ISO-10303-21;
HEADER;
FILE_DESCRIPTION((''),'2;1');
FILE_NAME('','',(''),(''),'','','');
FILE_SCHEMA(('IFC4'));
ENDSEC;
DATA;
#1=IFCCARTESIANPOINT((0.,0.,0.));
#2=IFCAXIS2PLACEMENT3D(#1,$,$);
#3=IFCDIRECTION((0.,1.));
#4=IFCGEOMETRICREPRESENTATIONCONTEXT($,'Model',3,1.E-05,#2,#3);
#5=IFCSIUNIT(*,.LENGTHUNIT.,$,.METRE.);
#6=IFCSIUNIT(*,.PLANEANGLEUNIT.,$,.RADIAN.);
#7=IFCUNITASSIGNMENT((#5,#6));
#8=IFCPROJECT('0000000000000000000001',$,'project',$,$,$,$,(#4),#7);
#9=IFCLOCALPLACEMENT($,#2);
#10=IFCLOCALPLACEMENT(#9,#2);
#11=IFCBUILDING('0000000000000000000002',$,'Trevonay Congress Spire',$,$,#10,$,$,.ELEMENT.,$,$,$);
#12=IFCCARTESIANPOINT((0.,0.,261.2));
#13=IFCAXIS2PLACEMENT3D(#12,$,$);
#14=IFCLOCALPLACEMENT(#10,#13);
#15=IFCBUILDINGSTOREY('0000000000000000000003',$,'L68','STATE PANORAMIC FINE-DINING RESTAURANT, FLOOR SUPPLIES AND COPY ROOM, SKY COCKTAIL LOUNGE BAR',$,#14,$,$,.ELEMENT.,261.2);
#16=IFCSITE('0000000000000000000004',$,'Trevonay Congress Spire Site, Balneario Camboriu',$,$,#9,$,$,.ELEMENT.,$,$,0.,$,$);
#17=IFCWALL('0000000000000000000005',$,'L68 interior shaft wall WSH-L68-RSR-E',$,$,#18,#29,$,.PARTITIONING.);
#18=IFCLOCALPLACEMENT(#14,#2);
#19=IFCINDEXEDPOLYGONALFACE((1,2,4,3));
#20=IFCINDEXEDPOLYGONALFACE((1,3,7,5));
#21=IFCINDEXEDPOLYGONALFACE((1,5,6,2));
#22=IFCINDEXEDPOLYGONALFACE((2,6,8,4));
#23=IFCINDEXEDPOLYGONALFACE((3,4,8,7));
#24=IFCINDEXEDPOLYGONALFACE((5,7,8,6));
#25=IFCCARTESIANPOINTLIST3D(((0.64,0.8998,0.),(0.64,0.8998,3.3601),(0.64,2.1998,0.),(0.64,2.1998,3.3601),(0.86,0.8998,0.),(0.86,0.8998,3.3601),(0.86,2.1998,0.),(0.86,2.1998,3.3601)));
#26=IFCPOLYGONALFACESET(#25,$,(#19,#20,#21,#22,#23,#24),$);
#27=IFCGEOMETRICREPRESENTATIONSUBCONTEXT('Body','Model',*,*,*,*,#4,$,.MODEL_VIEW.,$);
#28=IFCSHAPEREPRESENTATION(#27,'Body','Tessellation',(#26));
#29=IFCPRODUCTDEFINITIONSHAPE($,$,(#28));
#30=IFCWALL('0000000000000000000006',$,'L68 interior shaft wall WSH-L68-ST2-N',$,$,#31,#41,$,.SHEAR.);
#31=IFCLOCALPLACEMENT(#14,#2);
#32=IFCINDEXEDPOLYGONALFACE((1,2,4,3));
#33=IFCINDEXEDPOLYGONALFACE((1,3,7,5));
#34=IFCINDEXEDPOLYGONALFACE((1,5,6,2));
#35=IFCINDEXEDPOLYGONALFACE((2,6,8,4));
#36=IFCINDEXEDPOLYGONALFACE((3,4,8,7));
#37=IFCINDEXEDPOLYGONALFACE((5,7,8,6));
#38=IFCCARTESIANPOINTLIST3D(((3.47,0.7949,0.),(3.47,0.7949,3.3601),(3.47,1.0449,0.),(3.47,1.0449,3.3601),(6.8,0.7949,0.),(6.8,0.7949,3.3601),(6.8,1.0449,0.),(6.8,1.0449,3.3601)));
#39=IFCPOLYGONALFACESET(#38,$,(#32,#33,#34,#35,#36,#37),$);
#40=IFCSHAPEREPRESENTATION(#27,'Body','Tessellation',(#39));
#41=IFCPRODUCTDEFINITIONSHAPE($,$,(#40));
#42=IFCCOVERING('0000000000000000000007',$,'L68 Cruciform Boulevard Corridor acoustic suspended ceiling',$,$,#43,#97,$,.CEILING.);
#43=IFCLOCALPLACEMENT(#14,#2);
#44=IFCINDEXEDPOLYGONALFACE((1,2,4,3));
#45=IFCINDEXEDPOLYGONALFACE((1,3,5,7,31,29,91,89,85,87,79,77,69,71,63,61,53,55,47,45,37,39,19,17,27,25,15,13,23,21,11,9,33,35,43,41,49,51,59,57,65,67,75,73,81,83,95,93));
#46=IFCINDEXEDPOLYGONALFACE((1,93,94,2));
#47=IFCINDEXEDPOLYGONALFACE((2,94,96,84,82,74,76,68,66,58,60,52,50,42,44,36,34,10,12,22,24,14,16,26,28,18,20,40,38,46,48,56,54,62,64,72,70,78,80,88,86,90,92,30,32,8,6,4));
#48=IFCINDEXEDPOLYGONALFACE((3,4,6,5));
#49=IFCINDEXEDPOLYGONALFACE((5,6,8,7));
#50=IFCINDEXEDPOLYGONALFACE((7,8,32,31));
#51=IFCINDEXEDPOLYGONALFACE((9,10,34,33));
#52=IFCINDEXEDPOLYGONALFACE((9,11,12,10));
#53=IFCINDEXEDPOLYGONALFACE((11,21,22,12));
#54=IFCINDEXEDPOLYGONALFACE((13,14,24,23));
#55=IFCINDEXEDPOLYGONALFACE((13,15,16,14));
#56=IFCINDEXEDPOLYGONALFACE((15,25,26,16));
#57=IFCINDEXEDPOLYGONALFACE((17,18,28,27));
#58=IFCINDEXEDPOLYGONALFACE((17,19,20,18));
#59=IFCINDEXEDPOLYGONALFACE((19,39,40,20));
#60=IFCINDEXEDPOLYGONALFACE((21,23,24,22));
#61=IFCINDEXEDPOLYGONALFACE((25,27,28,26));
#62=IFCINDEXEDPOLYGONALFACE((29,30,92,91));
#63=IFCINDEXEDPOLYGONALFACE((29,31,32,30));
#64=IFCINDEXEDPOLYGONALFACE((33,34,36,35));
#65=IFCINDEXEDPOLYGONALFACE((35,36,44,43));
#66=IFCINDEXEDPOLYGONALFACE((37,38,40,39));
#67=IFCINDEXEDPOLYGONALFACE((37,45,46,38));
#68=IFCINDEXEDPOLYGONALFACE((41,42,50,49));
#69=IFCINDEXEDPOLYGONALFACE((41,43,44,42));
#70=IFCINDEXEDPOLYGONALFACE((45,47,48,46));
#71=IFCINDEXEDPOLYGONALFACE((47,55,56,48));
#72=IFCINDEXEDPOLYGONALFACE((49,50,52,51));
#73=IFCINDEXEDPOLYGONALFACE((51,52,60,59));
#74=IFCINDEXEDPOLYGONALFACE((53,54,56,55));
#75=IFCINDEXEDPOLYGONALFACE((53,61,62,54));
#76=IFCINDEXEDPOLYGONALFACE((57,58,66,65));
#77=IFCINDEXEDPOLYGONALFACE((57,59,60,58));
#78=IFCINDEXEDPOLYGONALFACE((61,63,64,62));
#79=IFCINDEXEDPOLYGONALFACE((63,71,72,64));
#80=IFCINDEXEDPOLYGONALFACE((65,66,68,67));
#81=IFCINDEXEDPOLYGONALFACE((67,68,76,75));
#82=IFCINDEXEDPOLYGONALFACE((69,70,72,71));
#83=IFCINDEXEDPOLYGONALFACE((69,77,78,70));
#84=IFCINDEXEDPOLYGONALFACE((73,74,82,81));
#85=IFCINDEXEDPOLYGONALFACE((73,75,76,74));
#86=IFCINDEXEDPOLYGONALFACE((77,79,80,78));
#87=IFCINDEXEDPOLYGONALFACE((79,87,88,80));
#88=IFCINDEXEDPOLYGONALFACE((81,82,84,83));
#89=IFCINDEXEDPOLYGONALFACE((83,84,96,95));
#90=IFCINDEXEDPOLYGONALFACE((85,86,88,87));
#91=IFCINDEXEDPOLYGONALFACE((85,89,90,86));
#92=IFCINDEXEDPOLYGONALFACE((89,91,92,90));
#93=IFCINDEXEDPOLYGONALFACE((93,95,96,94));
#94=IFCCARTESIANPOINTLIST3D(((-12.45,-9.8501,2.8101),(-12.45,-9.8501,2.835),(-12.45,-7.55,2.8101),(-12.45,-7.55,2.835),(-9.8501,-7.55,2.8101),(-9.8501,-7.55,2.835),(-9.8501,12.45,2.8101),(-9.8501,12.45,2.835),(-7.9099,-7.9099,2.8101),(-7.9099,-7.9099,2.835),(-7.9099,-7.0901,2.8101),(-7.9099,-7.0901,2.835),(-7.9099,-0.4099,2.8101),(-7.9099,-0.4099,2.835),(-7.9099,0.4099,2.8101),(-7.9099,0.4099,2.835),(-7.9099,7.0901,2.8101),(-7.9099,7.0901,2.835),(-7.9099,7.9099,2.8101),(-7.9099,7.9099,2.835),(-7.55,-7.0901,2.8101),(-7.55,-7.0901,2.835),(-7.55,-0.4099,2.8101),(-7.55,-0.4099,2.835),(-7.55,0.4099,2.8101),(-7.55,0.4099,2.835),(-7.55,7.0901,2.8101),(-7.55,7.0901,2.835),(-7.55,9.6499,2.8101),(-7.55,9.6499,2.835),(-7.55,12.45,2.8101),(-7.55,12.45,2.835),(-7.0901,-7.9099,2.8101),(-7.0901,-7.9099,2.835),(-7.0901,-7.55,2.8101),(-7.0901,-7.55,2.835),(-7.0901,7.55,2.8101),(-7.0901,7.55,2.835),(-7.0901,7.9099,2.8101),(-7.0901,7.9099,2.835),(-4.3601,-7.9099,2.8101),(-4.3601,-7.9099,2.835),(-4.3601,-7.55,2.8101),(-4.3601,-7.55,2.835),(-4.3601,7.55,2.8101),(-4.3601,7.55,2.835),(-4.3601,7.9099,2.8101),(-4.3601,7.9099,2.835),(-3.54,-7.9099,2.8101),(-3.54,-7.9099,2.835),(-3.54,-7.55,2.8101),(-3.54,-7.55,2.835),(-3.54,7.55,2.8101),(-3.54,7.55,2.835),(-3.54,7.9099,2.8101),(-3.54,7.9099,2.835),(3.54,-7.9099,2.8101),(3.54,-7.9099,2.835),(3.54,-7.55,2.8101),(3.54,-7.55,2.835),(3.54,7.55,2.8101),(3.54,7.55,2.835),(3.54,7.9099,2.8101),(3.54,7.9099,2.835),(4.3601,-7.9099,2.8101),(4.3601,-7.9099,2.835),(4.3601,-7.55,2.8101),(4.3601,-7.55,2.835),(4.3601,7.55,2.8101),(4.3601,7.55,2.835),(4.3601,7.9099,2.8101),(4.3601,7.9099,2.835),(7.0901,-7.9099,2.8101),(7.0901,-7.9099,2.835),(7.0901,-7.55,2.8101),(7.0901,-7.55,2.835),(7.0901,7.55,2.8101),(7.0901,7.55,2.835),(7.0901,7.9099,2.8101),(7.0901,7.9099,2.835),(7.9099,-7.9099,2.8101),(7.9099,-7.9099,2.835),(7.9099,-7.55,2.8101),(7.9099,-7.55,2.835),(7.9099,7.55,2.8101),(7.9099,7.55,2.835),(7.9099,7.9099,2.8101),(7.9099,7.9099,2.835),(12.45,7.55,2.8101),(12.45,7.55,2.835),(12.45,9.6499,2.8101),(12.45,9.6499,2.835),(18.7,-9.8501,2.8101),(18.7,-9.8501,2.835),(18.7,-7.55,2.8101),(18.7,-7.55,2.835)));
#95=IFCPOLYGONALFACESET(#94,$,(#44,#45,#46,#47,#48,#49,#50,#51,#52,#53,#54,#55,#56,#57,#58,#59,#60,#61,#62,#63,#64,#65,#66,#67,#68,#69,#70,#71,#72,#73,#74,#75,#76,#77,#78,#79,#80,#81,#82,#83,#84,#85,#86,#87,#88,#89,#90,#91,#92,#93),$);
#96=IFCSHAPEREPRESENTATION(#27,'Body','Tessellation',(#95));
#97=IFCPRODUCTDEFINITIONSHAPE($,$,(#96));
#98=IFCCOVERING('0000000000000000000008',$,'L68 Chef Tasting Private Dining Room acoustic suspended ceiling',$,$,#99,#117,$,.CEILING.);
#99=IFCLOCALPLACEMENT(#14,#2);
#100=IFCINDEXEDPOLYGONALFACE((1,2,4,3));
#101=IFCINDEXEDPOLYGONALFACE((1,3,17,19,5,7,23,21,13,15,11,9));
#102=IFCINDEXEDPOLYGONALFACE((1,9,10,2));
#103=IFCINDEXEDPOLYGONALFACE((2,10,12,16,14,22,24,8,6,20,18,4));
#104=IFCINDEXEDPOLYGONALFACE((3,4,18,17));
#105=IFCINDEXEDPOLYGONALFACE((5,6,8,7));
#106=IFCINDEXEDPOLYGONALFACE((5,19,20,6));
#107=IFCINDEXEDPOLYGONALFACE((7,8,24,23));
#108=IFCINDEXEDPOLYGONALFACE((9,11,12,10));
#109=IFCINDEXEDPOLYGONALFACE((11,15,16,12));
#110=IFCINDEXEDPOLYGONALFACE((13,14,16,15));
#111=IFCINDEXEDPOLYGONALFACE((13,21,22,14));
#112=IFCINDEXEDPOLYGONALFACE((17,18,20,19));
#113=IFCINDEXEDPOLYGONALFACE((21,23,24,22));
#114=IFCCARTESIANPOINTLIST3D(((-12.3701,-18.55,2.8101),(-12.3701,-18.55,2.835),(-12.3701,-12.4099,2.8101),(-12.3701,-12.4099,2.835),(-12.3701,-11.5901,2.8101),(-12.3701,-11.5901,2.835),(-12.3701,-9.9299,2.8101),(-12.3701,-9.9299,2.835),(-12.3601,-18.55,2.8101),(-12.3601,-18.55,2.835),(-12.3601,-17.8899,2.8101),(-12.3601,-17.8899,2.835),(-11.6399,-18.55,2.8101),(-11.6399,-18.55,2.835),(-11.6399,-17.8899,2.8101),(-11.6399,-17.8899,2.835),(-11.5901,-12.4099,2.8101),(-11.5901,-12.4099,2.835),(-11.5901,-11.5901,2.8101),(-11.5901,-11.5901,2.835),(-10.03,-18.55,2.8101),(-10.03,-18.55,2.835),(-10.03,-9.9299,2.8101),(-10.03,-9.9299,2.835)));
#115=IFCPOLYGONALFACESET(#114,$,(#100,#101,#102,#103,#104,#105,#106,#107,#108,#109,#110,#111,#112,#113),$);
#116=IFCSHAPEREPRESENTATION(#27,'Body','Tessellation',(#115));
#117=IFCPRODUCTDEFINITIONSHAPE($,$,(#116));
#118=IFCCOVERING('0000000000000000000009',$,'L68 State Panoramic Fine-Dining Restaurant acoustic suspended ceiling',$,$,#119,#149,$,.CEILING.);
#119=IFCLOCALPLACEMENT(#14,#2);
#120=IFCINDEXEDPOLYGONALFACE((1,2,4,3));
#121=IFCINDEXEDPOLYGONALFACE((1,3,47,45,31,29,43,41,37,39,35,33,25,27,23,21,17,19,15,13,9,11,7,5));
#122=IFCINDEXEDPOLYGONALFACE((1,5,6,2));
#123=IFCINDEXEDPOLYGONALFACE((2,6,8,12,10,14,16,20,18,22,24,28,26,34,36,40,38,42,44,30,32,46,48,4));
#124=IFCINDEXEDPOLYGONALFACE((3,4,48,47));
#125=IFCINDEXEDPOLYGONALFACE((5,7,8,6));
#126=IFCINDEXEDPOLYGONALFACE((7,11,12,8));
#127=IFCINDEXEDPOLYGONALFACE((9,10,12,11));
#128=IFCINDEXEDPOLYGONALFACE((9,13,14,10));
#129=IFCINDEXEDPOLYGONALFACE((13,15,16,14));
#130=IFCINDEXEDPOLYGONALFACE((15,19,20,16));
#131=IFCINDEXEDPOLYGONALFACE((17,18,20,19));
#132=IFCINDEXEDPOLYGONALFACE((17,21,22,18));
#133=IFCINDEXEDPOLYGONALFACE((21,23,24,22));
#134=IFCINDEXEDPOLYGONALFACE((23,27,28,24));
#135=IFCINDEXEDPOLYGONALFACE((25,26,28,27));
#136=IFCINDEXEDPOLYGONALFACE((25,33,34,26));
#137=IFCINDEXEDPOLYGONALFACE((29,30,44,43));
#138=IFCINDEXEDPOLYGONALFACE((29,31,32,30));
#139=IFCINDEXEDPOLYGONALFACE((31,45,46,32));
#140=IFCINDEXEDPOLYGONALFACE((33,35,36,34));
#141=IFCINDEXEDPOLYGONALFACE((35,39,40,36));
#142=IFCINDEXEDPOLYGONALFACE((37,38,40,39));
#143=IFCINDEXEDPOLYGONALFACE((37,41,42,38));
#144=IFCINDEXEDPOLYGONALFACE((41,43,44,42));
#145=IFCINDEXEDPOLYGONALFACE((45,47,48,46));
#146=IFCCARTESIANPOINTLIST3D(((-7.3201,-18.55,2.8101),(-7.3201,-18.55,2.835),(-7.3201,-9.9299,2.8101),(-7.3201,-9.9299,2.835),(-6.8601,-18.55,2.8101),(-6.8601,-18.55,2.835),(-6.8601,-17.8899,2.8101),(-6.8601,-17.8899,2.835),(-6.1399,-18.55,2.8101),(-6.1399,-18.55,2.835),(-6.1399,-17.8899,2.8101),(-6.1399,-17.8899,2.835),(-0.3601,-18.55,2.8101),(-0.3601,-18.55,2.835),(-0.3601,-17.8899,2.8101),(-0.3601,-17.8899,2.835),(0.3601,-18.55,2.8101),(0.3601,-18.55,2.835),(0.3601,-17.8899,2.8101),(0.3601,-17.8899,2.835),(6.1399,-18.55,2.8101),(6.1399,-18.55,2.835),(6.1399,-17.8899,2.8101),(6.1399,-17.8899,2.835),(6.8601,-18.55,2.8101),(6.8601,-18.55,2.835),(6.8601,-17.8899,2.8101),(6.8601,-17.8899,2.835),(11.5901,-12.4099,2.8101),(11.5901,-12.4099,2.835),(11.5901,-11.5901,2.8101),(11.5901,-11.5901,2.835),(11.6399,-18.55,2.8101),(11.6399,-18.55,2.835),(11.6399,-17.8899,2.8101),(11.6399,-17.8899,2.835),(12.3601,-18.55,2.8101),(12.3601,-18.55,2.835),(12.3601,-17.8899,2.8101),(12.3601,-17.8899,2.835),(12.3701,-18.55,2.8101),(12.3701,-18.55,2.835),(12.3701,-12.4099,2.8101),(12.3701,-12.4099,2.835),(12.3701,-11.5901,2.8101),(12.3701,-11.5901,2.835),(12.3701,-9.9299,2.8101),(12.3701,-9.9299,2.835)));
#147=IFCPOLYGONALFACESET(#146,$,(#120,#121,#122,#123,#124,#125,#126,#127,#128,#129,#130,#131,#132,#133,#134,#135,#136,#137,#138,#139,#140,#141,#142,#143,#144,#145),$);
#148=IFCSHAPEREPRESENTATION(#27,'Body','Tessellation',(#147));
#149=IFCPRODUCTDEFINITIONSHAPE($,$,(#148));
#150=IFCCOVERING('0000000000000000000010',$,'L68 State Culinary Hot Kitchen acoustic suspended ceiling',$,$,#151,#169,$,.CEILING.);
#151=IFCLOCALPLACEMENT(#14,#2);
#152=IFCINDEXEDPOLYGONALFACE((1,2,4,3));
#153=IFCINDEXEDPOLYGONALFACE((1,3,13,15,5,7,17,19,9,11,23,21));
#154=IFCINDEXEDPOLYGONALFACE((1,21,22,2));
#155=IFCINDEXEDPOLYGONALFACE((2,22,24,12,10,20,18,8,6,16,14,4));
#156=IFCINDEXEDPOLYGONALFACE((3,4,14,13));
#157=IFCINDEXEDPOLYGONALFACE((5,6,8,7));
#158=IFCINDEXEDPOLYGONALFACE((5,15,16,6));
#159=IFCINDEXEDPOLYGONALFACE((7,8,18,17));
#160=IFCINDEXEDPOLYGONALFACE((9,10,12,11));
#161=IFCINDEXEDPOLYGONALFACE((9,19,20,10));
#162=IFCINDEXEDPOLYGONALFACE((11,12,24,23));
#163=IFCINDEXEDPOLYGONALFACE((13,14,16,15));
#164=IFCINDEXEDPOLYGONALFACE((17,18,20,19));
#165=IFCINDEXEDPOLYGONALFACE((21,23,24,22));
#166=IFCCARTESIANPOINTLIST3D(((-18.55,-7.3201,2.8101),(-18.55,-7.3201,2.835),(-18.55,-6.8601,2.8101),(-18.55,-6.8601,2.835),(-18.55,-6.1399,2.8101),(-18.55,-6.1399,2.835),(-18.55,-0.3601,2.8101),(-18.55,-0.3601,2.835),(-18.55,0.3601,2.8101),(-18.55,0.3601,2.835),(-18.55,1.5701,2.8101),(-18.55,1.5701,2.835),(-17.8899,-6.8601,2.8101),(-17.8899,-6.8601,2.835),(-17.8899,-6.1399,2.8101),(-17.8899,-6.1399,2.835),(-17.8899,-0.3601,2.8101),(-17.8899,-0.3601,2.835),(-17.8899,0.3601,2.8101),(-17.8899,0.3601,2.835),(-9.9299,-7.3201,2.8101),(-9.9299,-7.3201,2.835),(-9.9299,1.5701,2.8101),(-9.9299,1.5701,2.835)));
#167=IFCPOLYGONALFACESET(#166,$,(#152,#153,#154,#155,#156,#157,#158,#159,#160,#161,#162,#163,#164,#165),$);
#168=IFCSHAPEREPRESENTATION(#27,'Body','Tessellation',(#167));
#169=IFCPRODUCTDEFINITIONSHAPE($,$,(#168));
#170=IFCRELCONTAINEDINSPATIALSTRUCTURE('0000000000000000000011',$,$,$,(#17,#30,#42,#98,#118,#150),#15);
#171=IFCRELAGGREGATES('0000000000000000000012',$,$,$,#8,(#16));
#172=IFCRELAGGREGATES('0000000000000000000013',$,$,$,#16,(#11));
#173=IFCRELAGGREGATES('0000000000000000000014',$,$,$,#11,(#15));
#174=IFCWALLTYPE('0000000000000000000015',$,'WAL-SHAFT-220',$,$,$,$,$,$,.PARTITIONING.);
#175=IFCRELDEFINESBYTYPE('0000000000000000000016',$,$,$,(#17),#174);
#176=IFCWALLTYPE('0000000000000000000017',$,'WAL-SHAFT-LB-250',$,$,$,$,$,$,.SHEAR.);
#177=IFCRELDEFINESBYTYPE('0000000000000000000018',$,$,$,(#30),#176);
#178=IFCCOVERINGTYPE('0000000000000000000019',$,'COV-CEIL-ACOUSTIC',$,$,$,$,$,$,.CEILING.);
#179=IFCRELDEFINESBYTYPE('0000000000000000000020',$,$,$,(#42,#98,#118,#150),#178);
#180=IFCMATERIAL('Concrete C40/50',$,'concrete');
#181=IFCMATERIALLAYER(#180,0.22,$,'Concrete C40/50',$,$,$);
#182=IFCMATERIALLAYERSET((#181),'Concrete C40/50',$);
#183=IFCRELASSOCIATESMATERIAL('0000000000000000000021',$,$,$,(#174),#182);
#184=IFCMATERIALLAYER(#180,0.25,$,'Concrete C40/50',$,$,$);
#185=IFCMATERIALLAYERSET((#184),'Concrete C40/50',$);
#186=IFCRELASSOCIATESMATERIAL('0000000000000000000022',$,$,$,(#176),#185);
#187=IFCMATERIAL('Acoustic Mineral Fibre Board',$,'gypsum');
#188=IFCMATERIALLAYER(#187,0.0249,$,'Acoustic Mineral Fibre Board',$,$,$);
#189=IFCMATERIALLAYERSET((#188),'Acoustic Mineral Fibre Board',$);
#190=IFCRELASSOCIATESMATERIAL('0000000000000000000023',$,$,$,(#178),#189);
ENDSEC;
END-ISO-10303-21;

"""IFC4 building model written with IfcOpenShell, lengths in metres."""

from ifc_helpers import new_model, si_unit, direction, frame, frame_2d, origin, place, context, subcontext, project, spatial, polyline, rectangle, outline, extrude, material, layer, layer_set, type_object, element, save


model = new_model("IFC4")

# Units and contexts
model_context = context("Model", 3, precision=1e-05, world=origin(), true_north=direction((0.0, 1.0)))
body_context = subcontext(model_context, "Body", "Model", "MODEL_VIEW")
ifc_project = project(units=[si_unit("LENGTHUNIT", "METRE"), si_unit("PLANEANGLEUNIT", "RADIAN")], contexts=[model_context])

# Site, building, storey
site_placement = place(None, origin())
site = spatial("IfcSite", under=ifc_project, at=site_placement, Name="Trevonay Congress Spire Site, Balneario Camboriu", CompositionType="ELEMENT", RefElevation=0.0)
building_placement = place(site_placement, origin())
building = spatial("IfcBuilding", under=site, at=building_placement, Name="Trevonay Congress Spire", CompositionType="ELEMENT")
storey_placement = place(building_placement, frame((0.0, 0.0, 261.2)))
storey = spatial("IfcBuildingStorey", under=building, at=storey_placement, Name="L68", Description="STATE PANORAMIC FINE-DINING RESTAURANT, FLOOR SUPPLIES AND COPY ROOM, SKY COCKTAIL LOUNGE BAR", CompositionType="ELEMENT", Elevation=261.2)

# Walls
ifc_material_1 = material(Name="Concrete C40/50", Category="concrete")
ifc_layer_1 = layer(ifc_material_1, 0.22, Name="Concrete C40/50")
ifc_layer_set_1 = layer_set([ifc_layer_1], Name="Concrete C40/50")
wall_type_1 = type_object("IfcWallType", Name="WAL-SHAFT-220", PredefinedType="PARTITIONING", material=ifc_layer_set_1)
wall_1_placement = place(storey_placement, frame((0.75, 0.8999, 0.0), z_axis=(0.0, 0.0, 1.0), x_axis=(0.0, 1.0, 0.0)))
element("IfcWall", 1, at=wall_1_placement, inside=storey, type_object=wall_type_1, Name="L68 interior shaft wall WSH-L68-RSR-E", PredefinedType="PARTITIONING", context=body_context, shape_type="SweptSolid", body=[
    extrude(rectangle(XDim=1.3, YDim=0.22, at=frame_2d((0.6499, 0.0))), origin(), (0.0, 0.0, 1.0), 3.3601),
])
ifc_layer_2 = layer(ifc_material_1, 0.25, Name="Concrete C40/50")
ifc_layer_set_2 = layer_set([ifc_layer_2], Name="Concrete C40/50")
wall_type_2 = type_object("IfcWallType", Name="WAL-SHAFT-LB-250", PredefinedType="SHEAR", material=ifc_layer_set_2)
wall_2_placement = place(storey_placement, frame((3.47, 0.9199, 0.0), z_axis=(0.0, 0.0, 1.0), x_axis=(1.0, 0.0, 0.0)))
element("IfcWall", 2, at=wall_2_placement, inside=storey, type_object=wall_type_2, Name="L68 interior shaft wall WSH-L68-ST2-N", PredefinedType="SHEAR", context=body_context, shape_type="SweptSolid", body=[
    extrude(rectangle(XDim=3.3301, YDim=0.25, at=frame_2d((1.665, 0.0))), origin(), (0.0, 0.0, 1.0), 3.3601),
])

# Coverings
ifc_material_2 = material(Name="Acoustic Mineral Fibre Board", Category="gypsum")
ifc_layer_3 = layer(ifc_material_2, 0.0249, Name="Acoustic Mineral Fibre Board")
ifc_layer_set_3 = layer_set([ifc_layer_3], Name="Acoustic Mineral Fibre Board")
covering_type_1 = type_object("IfcCoveringType", Name="COV-CEIL-ACOUSTIC", PredefinedType="CEILING", material=ifc_layer_set_3)
covering_1_placement = place(storey_placement, frame((0.0, 0.0, 2.8101)))
element("IfcCovering", 3, at=covering_1_placement, inside=storey, type_object=covering_type_1, Name="L68 Cruciform Boulevard Corridor acoustic suspended ceiling", PredefinedType="CEILING", context=body_context, shape_type="SweptSolid", body=[
    extrude(outline(polyline([(18.7, -7.55), (18.7, -9.8501), (-12.45, -9.8501), (-12.45, -7.55), (-9.8501, -7.55), (-9.8501, 12.45), (-7.55, 12.45), (-7.55, 9.6499), (12.45, 9.6499), (12.45, 7.55), (7.9099, 7.55), (7.9099, 7.9099), (7.0901, 7.9099), (7.0901, 7.55), (4.3601, 7.55), (4.3601, 7.9099), (3.54, 7.9099), (3.54, 7.55), (-3.54, 7.55), (-3.54, 7.9099), (-4.3601, 7.9099), (-4.3601, 7.55), (-7.0901, 7.55), (-7.0901, 7.9099), (-7.9099, 7.9099), (-7.9099, 7.0901), (-7.55, 7.0901), (-7.55, 0.4099), (-7.9099, 0.4099), (-7.9099, -0.4099), (-7.55, -0.4099), (-7.55, -7.0901), (-7.9099, -7.0901), (-7.9099, -7.9099), (-7.0901, -7.9099), (-7.0901, -7.55), (-4.3601, -7.55), (-4.3601, -7.9099), (-3.54, -7.9099), (-3.54, -7.55), (3.54, -7.55), (3.54, -7.9099), (4.3601, -7.9099), (4.3601, -7.55), (7.0901, -7.55), (7.0901, -7.9099), (7.9099, -7.9099), (7.9099, -7.55), (18.7, -7.55)])), origin(), (0.0, 0.0, 1.0), 0.0249),
])
covering_2_placement = place(storey_placement, frame((0.0, 0.0, 2.8101)))
element("IfcCovering", 4, at=covering_2_placement, inside=storey, type_object=covering_type_1, Name="L68 Chef Tasting Private Dining Room acoustic suspended ceiling", PredefinedType="CEILING", context=body_context, shape_type="SweptSolid", body=[
    extrude(outline(polyline([(-12.3701, -18.55), (-12.3701, -12.4099), (-11.5901, -12.4099), (-11.5901, -11.5901), (-12.3701, -11.5901), (-12.3701, -9.9299), (-10.03, -9.9299), (-10.03, -18.55), (-11.6399, -18.55), (-11.6399, -17.8899), (-12.3601, -17.8899), (-12.3601, -18.55), (-12.3701, -18.55)])), origin(), (0.0, 0.0, 1.0), 0.0249),
])
covering_3_placement = place(storey_placement, frame((0.0, 0.0, 2.8101)))
element("IfcCovering", 5, at=covering_3_placement, inside=storey, type_object=covering_type_1, Name="L68 State Panoramic Fine-Dining Restaurant acoustic suspended ceiling", PredefinedType="CEILING", context=body_context, shape_type="SweptSolid", body=[
    extrude(outline(polyline([(-7.3201, -18.55), (-7.3201, -9.9299), (12.3701, -9.9299), (12.3701, -11.5901), (11.5901, -11.5901), (11.5901, -12.4099), (12.3701, -12.4099), (12.3701, -18.55), (12.3601, -18.55), (12.3601, -17.8899), (11.6399, -17.8899), (11.6399, -18.55), (6.8601, -18.55), (6.8601, -17.8899), (6.1399, -17.8899), (6.1399, -18.55), (0.3601, -18.55), (0.3601, -17.8899), (-0.3601, -17.8899), (-0.3601, -18.55), (-6.1399, -18.55), (-6.1399, -17.8899), (-6.8601, -17.8899), (-6.8601, -18.55), (-7.3201, -18.55)])), origin(), (0.0, 0.0, 1.0), 0.0249),
])
covering_4_placement = place(storey_placement, frame((0.0, 0.0, 2.8101)))
element("IfcCovering", 6, at=covering_4_placement, inside=storey, type_object=covering_type_1, Name="L68 State Culinary Hot Kitchen acoustic suspended ceiling", PredefinedType="CEILING", context=body_context, shape_type="SweptSolid", body=[
    extrude(outline(polyline([(-18.55, 1.5701), (-9.9299, 1.5701), (-9.9299, -7.3201), (-18.55, -7.3201), (-18.55, -6.8601), (-17.8899, -6.8601), (-17.8899, -6.1399), (-18.55, -6.1399), (-18.55, -0.3601), (-17.8899, -0.3601), (-17.8899, 0.3601), (-18.55, 0.3601), (-18.55, 1.5701)])), origin(), (0.0, 0.0, 1.0), 0.0249),
])

save(model, "model.ifc")
